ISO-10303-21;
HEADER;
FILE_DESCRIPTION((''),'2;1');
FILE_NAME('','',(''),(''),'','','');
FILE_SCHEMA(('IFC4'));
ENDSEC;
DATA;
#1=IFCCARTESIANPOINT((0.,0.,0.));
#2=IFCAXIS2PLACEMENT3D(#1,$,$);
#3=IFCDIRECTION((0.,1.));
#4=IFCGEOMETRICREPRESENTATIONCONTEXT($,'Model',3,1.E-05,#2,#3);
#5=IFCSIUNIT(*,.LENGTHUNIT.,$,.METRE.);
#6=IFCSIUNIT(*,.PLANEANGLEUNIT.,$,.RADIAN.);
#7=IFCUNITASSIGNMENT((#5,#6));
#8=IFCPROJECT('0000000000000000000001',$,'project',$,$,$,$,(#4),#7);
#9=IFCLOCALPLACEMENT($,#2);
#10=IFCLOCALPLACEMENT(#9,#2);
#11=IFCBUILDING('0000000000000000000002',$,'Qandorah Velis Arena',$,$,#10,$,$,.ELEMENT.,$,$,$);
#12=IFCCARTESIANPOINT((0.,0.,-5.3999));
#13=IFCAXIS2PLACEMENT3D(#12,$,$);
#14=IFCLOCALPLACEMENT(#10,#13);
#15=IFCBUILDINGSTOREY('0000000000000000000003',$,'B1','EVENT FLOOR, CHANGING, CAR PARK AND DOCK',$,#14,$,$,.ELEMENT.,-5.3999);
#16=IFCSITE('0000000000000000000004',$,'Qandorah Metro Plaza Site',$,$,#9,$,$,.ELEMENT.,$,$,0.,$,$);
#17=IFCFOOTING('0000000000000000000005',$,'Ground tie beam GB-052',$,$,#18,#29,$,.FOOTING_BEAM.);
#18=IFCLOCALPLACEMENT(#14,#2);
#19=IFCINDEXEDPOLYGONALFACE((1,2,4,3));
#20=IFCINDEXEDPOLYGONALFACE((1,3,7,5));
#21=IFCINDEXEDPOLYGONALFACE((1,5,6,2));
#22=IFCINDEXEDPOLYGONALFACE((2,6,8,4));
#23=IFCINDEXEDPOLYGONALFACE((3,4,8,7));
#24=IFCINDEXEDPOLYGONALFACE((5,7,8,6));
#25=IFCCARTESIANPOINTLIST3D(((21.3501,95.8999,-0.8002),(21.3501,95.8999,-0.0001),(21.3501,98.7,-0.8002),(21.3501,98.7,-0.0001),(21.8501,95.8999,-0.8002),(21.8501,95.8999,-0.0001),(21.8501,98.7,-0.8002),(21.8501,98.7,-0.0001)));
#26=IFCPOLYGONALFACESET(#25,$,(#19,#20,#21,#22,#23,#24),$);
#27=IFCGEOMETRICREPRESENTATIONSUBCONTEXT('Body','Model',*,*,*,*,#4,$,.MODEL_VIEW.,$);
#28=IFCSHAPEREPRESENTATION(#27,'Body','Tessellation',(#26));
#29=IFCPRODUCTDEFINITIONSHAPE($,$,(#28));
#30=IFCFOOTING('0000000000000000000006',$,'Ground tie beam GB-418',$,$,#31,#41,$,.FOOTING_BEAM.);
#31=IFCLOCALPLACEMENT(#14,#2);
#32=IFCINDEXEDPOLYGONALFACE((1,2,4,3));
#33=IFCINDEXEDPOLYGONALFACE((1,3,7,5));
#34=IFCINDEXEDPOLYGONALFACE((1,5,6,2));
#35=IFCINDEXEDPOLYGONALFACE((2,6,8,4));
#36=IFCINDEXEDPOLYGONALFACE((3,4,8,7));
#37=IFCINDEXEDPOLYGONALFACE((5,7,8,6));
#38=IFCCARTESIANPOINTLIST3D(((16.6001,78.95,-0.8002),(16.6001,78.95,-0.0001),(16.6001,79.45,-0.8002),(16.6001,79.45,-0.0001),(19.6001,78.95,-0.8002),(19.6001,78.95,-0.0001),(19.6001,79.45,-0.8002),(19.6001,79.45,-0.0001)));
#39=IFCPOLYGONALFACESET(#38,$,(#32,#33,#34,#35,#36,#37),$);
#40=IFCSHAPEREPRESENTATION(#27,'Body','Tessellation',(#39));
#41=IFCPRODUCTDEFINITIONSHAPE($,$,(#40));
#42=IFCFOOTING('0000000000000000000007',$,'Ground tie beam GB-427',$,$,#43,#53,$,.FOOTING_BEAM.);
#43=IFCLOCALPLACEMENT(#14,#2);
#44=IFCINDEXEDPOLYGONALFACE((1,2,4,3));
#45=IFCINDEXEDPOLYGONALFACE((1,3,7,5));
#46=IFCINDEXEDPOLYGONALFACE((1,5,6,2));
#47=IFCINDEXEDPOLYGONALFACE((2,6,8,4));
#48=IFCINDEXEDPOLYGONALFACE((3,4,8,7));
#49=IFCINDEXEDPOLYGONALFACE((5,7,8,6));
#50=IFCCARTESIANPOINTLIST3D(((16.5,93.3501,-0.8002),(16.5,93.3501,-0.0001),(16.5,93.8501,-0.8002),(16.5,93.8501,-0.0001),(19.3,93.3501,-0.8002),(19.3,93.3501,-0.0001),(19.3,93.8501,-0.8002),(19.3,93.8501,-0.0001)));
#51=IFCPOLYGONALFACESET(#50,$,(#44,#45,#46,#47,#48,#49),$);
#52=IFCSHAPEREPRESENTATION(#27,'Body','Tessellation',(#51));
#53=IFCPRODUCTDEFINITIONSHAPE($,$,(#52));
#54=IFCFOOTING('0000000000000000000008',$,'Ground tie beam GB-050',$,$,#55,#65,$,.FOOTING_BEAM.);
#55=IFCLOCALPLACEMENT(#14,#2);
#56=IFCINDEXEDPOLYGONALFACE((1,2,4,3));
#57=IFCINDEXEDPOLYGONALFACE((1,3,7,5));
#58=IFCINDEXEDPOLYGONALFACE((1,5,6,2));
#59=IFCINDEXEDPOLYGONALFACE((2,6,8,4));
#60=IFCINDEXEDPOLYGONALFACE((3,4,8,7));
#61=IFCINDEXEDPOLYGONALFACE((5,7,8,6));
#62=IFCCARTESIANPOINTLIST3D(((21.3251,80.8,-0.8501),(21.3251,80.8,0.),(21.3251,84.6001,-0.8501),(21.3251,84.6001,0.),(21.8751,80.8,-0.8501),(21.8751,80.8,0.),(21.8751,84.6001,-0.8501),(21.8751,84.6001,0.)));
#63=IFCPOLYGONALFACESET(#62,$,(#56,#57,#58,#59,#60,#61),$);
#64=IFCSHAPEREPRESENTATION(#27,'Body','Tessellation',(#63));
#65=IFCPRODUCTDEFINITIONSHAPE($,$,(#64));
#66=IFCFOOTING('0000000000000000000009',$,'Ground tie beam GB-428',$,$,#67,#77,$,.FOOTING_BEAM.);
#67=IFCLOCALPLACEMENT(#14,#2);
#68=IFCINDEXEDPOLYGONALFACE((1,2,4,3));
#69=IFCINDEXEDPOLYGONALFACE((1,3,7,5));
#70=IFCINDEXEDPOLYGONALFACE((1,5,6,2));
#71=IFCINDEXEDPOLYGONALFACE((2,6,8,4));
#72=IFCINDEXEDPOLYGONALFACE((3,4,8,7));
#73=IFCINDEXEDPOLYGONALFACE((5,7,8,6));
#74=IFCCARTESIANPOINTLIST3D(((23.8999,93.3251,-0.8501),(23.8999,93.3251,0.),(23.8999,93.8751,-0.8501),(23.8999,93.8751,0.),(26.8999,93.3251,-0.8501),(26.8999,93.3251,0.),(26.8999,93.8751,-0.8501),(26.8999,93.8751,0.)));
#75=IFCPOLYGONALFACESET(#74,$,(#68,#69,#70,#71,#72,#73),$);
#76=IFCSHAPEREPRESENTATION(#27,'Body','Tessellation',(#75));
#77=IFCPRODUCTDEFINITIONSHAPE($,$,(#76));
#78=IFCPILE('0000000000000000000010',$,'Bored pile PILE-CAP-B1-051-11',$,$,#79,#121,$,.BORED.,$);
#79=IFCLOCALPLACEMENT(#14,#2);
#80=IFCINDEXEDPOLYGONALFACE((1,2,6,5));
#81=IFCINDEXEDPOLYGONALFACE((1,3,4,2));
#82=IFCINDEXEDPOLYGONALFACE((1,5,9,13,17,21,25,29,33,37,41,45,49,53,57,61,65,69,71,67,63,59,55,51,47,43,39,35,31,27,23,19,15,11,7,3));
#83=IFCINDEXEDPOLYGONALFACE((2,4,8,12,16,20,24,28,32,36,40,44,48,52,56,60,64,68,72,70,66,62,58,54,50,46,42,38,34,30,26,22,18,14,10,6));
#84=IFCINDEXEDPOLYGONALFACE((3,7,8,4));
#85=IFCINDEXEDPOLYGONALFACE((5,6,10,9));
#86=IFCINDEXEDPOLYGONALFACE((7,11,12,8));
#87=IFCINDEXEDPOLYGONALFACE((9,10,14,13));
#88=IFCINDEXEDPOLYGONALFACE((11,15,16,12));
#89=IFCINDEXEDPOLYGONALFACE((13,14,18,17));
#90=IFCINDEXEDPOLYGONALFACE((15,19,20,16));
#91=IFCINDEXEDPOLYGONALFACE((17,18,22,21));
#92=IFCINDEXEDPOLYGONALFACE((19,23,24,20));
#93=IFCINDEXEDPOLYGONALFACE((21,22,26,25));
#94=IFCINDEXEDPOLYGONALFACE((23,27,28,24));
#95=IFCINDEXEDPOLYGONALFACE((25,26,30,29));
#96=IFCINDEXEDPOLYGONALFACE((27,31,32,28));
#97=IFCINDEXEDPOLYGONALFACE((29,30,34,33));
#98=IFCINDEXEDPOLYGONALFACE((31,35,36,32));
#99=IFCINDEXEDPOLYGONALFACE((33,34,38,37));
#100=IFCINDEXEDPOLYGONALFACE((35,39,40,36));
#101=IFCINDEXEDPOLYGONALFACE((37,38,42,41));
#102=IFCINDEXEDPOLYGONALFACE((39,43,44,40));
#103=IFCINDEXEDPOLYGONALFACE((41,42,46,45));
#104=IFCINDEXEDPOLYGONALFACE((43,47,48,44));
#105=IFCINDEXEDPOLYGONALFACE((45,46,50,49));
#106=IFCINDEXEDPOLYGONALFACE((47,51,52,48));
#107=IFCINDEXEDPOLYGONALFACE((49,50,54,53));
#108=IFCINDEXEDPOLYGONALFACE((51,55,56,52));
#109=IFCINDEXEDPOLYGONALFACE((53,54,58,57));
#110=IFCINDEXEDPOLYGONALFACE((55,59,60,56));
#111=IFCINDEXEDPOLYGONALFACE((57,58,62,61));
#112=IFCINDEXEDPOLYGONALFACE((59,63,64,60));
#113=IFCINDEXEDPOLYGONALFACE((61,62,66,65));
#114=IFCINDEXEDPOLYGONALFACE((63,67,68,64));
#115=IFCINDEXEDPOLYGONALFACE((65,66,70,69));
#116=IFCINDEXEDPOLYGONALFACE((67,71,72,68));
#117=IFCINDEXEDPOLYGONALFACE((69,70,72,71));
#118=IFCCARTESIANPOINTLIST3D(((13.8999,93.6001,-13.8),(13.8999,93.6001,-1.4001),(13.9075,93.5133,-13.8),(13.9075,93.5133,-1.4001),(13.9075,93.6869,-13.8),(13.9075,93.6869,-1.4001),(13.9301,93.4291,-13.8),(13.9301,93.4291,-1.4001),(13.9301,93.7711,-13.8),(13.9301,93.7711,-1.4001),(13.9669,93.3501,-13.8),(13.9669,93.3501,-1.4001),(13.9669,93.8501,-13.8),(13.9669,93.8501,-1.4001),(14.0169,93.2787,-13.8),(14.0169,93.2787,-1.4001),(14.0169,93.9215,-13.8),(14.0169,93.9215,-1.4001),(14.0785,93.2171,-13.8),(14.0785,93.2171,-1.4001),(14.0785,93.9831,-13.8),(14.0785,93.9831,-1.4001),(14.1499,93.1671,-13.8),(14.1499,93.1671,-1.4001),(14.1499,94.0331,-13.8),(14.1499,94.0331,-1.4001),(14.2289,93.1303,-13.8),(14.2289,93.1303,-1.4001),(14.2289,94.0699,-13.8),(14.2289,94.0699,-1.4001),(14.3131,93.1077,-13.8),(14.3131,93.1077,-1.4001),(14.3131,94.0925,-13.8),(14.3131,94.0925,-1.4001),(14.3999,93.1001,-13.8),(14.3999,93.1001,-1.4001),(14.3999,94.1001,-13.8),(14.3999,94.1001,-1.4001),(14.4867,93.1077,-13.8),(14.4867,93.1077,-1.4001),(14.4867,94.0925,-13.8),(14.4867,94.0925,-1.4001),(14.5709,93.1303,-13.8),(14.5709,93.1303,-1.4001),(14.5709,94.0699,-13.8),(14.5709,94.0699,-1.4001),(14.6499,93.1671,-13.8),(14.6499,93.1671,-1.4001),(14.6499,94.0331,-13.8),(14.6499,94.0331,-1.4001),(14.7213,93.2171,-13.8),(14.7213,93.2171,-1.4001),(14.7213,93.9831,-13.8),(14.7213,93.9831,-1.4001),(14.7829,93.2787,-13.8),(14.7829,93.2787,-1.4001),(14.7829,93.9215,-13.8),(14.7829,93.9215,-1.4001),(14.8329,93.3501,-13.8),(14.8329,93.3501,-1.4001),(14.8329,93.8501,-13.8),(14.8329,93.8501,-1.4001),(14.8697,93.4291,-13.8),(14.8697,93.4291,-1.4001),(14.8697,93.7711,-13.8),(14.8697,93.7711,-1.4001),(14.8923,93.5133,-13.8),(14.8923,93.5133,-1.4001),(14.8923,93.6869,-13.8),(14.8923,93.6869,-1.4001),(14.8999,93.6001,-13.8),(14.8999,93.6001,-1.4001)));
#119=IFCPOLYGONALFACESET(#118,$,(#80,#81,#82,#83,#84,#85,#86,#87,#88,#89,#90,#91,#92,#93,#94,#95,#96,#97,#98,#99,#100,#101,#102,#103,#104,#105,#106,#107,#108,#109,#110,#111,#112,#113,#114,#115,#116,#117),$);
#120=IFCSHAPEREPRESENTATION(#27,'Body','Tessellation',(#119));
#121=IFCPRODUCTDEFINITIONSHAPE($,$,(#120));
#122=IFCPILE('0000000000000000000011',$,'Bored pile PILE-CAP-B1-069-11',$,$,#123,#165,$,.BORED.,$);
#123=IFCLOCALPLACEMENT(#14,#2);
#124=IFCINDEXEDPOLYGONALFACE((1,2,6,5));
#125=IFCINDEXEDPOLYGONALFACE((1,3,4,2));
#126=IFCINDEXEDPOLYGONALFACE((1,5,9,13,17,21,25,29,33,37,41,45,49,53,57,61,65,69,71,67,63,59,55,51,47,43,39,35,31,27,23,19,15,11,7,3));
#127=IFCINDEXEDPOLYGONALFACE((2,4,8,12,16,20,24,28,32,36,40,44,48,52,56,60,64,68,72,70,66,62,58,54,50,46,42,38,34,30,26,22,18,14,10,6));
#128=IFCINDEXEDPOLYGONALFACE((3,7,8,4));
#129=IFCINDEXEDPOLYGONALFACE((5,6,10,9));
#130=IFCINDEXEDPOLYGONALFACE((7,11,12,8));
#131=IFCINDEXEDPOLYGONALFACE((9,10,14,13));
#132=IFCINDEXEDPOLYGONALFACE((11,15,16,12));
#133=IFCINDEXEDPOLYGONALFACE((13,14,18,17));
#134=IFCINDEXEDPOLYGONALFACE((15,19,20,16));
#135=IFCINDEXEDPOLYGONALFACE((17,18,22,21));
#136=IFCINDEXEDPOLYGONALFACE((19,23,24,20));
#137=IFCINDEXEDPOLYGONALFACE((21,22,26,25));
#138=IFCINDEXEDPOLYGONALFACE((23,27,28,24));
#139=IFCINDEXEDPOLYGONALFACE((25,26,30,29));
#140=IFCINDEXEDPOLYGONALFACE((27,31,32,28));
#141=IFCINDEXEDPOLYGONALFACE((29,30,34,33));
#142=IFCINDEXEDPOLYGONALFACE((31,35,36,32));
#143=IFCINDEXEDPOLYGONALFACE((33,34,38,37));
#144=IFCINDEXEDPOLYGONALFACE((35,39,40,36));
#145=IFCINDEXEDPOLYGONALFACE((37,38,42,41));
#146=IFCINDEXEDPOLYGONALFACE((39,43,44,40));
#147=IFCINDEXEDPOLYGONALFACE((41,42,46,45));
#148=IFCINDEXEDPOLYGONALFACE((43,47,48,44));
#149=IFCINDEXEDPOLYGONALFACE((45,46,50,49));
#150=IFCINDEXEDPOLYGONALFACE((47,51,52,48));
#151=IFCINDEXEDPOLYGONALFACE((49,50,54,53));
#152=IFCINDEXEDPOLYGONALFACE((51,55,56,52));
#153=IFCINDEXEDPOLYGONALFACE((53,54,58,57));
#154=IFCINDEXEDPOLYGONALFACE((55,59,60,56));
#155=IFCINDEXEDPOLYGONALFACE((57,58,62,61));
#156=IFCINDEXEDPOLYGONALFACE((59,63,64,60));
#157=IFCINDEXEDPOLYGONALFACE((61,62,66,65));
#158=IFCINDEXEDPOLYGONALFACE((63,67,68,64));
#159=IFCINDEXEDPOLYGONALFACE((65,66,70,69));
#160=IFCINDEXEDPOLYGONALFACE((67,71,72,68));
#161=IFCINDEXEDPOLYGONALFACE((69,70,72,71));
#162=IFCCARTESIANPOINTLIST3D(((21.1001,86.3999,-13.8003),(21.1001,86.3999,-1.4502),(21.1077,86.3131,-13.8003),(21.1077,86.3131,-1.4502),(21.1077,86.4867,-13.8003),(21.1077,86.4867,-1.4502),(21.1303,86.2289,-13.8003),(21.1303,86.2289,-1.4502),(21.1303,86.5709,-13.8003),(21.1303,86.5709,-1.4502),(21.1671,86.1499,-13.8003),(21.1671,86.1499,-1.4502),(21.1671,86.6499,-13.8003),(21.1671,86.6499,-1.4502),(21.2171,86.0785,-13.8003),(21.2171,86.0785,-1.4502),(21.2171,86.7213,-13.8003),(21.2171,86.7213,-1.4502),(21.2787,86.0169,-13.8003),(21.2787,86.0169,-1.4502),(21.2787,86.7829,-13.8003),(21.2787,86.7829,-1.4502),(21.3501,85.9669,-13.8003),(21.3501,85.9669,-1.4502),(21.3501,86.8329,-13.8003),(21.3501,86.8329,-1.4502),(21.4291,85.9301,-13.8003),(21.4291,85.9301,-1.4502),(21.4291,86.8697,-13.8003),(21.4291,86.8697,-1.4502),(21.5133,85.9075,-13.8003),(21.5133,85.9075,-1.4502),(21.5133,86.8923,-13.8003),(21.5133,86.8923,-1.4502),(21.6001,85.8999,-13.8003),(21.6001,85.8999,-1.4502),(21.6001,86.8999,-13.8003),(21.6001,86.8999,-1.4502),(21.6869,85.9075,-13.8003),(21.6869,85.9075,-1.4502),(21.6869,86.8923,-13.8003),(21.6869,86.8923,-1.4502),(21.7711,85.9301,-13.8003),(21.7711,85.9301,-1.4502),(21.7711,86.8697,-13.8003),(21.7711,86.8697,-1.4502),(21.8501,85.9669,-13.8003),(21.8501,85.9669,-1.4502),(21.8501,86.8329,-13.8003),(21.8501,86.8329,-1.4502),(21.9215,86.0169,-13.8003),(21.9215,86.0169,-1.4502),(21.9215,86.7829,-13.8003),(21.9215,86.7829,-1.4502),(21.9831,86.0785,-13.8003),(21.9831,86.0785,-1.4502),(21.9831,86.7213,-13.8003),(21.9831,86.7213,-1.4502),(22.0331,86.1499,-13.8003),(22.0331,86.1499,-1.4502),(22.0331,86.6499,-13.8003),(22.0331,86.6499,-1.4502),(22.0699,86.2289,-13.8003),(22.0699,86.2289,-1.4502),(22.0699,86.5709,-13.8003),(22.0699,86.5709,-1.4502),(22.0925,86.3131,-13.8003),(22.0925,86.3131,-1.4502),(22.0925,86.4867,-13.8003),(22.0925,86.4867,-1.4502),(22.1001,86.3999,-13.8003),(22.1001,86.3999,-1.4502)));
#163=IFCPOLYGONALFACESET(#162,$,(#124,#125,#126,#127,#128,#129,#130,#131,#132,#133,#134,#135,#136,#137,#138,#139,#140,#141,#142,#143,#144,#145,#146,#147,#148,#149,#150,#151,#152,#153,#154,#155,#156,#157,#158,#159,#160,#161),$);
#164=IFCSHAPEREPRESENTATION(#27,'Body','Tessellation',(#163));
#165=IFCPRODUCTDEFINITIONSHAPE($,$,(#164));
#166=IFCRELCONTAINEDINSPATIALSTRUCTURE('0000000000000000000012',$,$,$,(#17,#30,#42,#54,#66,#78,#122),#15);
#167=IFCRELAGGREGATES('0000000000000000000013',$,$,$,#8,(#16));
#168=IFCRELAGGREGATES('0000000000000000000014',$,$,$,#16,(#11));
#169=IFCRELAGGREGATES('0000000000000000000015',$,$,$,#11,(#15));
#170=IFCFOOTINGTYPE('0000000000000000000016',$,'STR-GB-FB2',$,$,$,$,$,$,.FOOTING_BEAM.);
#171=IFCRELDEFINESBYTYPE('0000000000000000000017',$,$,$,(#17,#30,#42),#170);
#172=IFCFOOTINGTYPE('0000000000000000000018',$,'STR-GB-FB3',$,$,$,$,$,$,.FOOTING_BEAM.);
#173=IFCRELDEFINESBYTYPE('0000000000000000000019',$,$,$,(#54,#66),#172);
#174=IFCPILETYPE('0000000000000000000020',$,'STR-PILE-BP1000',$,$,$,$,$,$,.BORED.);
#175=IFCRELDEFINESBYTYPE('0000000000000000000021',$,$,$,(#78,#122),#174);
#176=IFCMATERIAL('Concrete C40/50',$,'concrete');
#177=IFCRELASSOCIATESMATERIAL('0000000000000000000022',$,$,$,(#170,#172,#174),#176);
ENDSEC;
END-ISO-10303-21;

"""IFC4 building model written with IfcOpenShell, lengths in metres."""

from ifc_helpers import new_model, si_unit, direction, frame, origin, origin_2d, place, context, subcontext, project, spatial, rectangle, circle, extrude, material, material_profile, profile_set, type_object, element, save


model = new_model("IFC4")

# Units and contexts
model_context = context("Model", 3, precision=1e-05, world=origin(), true_north=direction((0.0, 1.0)))
body_context = subcontext(model_context, "Body", "Model", "MODEL_VIEW")
ifc_project = project(units=[si_unit("LENGTHUNIT", "METRE"), si_unit("PLANEANGLEUNIT", "RADIAN")], contexts=[model_context])

# Site, building, storey
site_placement = place(None, origin())
site = spatial("IfcSite", under=ifc_project, at=site_placement, Name="Qandorah Metro Plaza Site", CompositionType="ELEMENT", RefElevation=0.0)
building_placement = place(site_placement, origin())
building = spatial("IfcBuilding", under=site, at=building_placement, Name="Qandorah Velis Arena", CompositionType="ELEMENT")
storey_placement = place(building_placement, frame((0.0, 0.0, -5.3999)))
storey = spatial("IfcBuildingStorey", under=building, at=storey_placement, Name="B1", Description="EVENT FLOOR, CHANGING, CAR PARK AND DOCK", CompositionType="ELEMENT", Elevation=-5.3999)

# Footings
ifc_material = material(Name="Concrete C40/50", Category="concrete")
ifc_material_profile_1 = material_profile(ifc_material, rectangle(XDim=0.5, YDim=0.8, at=origin_2d()), Name="GB2 500x800")
ifc_profile_set_1 = profile_set([ifc_material_profile_1], Name="Concrete C40/50")
footing_type_1 = type_object("IfcFootingType", Name="STR-GB-FB2", PredefinedType="FOOTING_BEAM", material=ifc_profile_set_1)
footing_1_placement = place(storey_placement, frame((21.6001, 95.8999, -0.4001), z_axis=(0.0, 1.0, 0.0), x_axis=(-1.0, 0.0, 0.0)))
element("IfcFooting", 1, at=footing_1_placement, inside=storey, type_object=footing_type_1, Name="Ground tie beam GB-052", PredefinedType="FOOTING_BEAM", context=body_context, shape_type="SweptSolid", body=[
    extrude(rectangle(XDim=0.5, YDim=0.8, at=origin_2d()), origin(), (0.0, 0.0, 1.0), 2.8),
])
footing_2_placement = place(storey_placement, frame((16.6001, 79.2, -0.4001), z_axis=(1.0, 0.0, 0.0), x_axis=(0.0, 1.0, 0.0)))
element("IfcFooting", 2, at=footing_2_placement, inside=storey, type_object=footing_type_1, Name="Ground tie beam GB-418", PredefinedType="FOOTING_BEAM", context=body_context, shape_type="SweptSolid", body=[
    extrude(rectangle(XDim=0.5, YDim=0.8, at=origin_2d()), origin(), (0.0, 0.0, 1.0), 3.0),
])
footing_3_placement = place(storey_placement, frame((16.5, 93.6001, -0.4001), z_axis=(1.0, 0.0, 0.0), x_axis=(0.0, 1.0, 0.0)))
element("IfcFooting", 3, at=footing_3_placement, inside=storey, type_object=footing_type_1, Name="Ground tie beam GB-427", PredefinedType="FOOTING_BEAM", context=body_context, shape_type="SweptSolid", body=[
    extrude(rectangle(XDim=0.5, YDim=0.8, at=origin_2d()), origin(), (0.0, 0.0, 1.0), 2.8),
])
ifc_material_profile_2 = material_profile(ifc_material, rectangle(XDim=0.55, YDim=0.8501, at=origin_2d()), Name="GB3 550x850")
ifc_profile_set_2 = profile_set([ifc_material_profile_2], Name="Concrete C40/50")
footing_type_2 = type_object("IfcFootingType", Name="STR-GB-FB3", PredefinedType="FOOTING_BEAM", material=ifc_profile_set_2)
footing_4_placement = place(storey_placement, frame((21.6001, 80.8, -0.425), z_axis=(0.0, 1.0, 0.0), x_axis=(-1.0, 0.0, 0.0)))
element("IfcFooting", 4, at=footing_4_placement, inside=storey, type_object=footing_type_2, Name="Ground tie beam GB-050", PredefinedType="FOOTING_BEAM", context=body_context, shape_type="SweptSolid", body=[
    extrude(rectangle(XDim=0.55, YDim=0.8501, at=origin_2d()), origin(), (0.0, 0.0, 1.0), 3.8),
])
footing_5_placement = place(storey_placement, frame((23.8999, 93.6001, -0.425), z_axis=(1.0, 0.0, 0.0), x_axis=(0.0, 1.0, 0.0)))
element("IfcFooting", 5, at=footing_5_placement, inside=storey, type_object=footing_type_2, Name="Ground tie beam GB-428", PredefinedType="FOOTING_BEAM", context=body_context, shape_type="SweptSolid", body=[
    extrude(rectangle(XDim=0.55, YDim=0.8501, at=origin_2d()), origin(), (0.0, 0.0, 1.0), 3.0),
])

# Piles
ifc_material_profile_3 = material_profile(ifc_material, circle(Radius=0.5, at=origin_2d()), Name="BORED PILE D1000")
ifc_profile_set_3 = profile_set([ifc_material_profile_3], Name="Concrete C40/50")
pile_type_1 = type_object("IfcPileType", Name="STR-PILE-BP1000", PredefinedType="BORED", material=ifc_profile_set_3)
pile_1_placement = place(storey_placement, frame((14.3999, 93.6001, -1.4001), z_axis=(0.0, 0.0, -1.0), x_axis=(1.0, 0.0, 0.0)))
element("IfcPile", 6, at=pile_1_placement, inside=storey, type_object=pile_type_1, Name="Bored pile PILE-CAP-B1-051-11", PredefinedType="BORED", context=body_context, shape_type="SweptSolid", body=[
    extrude(circle(Radius=0.5, at=origin_2d()), origin(), (0.0, 0.0, 1.0), 12.3999),
])
pile_2_placement = place(storey_placement, frame((21.6001, 86.3999, -1.4502), z_axis=(0.0, 0.0, -1.0), x_axis=(1.0, 0.0, 0.0)))
element("IfcPile", 7, at=pile_2_placement, inside=storey, type_object=pile_type_1, Name="Bored pile PILE-CAP-B1-069-11", PredefinedType="BORED", context=body_context, shape_type="SweptSolid", body=[
    extrude(circle(Radius=0.5, at=origin_2d()), origin(), (0.0, 0.0, 1.0), 12.3501),
])

save(model, "model.ifc")
